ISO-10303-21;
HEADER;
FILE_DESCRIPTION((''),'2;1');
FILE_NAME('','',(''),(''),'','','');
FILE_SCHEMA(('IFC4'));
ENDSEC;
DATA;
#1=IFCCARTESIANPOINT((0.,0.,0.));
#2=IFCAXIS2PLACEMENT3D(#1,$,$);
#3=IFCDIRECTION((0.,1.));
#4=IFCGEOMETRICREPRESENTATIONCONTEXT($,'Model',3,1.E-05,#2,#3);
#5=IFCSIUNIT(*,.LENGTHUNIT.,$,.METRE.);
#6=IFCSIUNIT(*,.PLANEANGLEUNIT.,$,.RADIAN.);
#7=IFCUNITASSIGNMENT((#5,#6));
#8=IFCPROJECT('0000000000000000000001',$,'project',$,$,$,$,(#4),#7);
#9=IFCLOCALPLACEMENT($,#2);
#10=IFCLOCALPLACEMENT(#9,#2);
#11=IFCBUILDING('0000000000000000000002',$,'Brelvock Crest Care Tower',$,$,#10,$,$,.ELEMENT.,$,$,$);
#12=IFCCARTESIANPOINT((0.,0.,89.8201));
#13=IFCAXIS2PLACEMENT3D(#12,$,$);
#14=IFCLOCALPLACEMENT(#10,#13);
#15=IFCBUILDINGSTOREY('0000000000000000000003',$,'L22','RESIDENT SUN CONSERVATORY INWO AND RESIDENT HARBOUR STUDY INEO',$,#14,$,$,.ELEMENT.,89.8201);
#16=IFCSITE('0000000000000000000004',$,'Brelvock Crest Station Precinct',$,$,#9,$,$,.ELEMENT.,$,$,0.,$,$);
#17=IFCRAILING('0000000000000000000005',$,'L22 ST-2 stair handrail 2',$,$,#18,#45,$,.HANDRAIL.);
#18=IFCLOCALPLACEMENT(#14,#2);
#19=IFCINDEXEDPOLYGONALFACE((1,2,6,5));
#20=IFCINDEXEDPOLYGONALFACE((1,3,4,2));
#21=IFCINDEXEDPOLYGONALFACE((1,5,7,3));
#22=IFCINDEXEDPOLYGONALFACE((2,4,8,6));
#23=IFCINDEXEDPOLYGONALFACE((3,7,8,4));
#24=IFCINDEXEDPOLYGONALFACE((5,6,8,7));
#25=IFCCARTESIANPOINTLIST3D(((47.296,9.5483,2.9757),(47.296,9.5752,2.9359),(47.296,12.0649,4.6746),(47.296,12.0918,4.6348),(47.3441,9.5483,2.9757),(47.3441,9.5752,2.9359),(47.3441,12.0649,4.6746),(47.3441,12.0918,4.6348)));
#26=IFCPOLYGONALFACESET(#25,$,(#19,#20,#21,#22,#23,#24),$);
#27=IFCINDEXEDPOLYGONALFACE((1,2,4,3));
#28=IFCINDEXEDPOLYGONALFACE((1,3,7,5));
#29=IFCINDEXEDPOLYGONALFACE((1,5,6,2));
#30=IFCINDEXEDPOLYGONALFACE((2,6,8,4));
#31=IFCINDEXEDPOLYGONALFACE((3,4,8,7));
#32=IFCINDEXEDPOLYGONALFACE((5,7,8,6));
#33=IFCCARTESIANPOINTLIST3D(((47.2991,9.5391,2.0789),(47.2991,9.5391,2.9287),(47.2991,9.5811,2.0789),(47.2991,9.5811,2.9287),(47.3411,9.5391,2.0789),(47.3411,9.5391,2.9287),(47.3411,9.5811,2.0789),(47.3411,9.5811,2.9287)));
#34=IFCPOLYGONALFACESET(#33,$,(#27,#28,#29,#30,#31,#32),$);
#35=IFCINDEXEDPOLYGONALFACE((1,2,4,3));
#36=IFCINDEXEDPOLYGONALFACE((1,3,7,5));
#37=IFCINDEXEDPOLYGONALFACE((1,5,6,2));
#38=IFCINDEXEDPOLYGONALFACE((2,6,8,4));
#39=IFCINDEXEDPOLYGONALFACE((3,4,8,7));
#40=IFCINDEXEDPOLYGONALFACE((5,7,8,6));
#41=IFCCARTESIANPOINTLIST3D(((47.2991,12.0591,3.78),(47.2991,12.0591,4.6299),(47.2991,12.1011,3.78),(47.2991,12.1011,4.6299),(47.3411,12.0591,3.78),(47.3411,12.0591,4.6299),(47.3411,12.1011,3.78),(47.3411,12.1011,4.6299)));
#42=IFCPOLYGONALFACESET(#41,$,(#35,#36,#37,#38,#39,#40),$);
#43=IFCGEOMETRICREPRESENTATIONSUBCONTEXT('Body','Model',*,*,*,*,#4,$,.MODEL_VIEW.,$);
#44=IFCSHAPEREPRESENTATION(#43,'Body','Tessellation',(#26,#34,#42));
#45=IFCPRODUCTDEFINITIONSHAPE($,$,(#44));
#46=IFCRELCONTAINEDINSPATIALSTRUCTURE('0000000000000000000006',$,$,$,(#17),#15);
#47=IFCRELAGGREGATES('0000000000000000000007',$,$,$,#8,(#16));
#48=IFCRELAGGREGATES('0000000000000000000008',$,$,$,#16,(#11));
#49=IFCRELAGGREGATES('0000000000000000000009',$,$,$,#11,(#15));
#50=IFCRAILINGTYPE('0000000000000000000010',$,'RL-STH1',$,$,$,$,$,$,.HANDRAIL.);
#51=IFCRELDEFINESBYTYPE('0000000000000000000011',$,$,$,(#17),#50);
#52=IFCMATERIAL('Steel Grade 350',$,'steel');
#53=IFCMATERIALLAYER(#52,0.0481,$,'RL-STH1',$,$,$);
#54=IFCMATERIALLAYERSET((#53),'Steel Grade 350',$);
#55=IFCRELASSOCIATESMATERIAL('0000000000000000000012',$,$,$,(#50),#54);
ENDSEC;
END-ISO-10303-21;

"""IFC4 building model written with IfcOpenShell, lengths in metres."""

from ifc_helpers import new_model, si_unit, direction, frame, origin, origin_2d, place, context, subcontext, project, spatial, rectangle, extrude, material, layer, layer_set, type_object, element, save


model = new_model("IFC4")

# Units and contexts
model_context = context("Model", 3, precision=1e-05, world=origin(), true_north=direction((0.0, 1.0)))
body_context = subcontext(model_context, "Body", "Model", "MODEL_VIEW")
ifc_project = project(units=[si_unit("LENGTHUNIT", "METRE"), si_unit("PLANEANGLEUNIT", "RADIAN")], contexts=[model_context])

# Site, building, storey
site_placement = place(None, origin())
site = spatial("IfcSite", under=ifc_project, at=site_placement, Name="Brelvock Crest Station Precinct", CompositionType="ELEMENT", RefElevation=0.0)
building_placement = place(site_placement, origin())
building = spatial("IfcBuilding", under=site, at=building_placement, Name="Brelvock Crest Care Tower", CompositionType="ELEMENT")
storey_placement = place(building_placement, frame((0.0, 0.0, 89.8201)))
storey = spatial("IfcBuildingStorey", under=building, at=storey_placement, Name="L22", Description="RESIDENT SUN CONSERVATORY INWO AND RESIDENT HARBOUR STUDY INEO", CompositionType="ELEMENT", Elevation=89.8201)

# Shared definitions
ifc_material_1 = material(Name="Steel Grade 350", Category="steel")

# Railing
ifc_layer_1 = layer(ifc_material_1, 0.0481, Name="RL-STH1")
ifc_layer_set_1 = layer_set([ifc_layer_1], Name="Steel Grade 350")
railing_type_1 = type_object("IfcRailingType", Name="RL-STH1", PredefinedType="HANDRAIL", material=ifc_layer_set_1)
railing_1_placement = place(storey_placement, frame((47.3201, 9.5601, 2.0789)))
element("IfcRailing", 1, at=railing_1_placement, inside=storey, type_object=railing_type_1, Name="L22 ST-2 stair handrail 2", PredefinedType="HANDRAIL", context=body_context, shape_type="SweptSolid", body=[
    extrude(rectangle(XDim=0.0481, YDim=0.0481, at=origin_2d()), frame((0.0, 0.0017, 0.877), z_axis=(0.0, 0.828824, 0.559509), x_axis=(-1.0, 0.0, 0.0)), (0.0, 0.0, 1.0), 3.0364),
    extrude(rectangle(XDim=0.042, YDim=0.042, at=origin_2d()), origin(), (0.0, 0.0, 1.0), 0.8499),
    extrude(rectangle(XDim=0.042, YDim=0.042, at=origin_2d()), frame((0.0, 2.52, 1.7012)), (0.0, 0.0, 1.0), 0.8499),
])

save(model, "model.ifc")
